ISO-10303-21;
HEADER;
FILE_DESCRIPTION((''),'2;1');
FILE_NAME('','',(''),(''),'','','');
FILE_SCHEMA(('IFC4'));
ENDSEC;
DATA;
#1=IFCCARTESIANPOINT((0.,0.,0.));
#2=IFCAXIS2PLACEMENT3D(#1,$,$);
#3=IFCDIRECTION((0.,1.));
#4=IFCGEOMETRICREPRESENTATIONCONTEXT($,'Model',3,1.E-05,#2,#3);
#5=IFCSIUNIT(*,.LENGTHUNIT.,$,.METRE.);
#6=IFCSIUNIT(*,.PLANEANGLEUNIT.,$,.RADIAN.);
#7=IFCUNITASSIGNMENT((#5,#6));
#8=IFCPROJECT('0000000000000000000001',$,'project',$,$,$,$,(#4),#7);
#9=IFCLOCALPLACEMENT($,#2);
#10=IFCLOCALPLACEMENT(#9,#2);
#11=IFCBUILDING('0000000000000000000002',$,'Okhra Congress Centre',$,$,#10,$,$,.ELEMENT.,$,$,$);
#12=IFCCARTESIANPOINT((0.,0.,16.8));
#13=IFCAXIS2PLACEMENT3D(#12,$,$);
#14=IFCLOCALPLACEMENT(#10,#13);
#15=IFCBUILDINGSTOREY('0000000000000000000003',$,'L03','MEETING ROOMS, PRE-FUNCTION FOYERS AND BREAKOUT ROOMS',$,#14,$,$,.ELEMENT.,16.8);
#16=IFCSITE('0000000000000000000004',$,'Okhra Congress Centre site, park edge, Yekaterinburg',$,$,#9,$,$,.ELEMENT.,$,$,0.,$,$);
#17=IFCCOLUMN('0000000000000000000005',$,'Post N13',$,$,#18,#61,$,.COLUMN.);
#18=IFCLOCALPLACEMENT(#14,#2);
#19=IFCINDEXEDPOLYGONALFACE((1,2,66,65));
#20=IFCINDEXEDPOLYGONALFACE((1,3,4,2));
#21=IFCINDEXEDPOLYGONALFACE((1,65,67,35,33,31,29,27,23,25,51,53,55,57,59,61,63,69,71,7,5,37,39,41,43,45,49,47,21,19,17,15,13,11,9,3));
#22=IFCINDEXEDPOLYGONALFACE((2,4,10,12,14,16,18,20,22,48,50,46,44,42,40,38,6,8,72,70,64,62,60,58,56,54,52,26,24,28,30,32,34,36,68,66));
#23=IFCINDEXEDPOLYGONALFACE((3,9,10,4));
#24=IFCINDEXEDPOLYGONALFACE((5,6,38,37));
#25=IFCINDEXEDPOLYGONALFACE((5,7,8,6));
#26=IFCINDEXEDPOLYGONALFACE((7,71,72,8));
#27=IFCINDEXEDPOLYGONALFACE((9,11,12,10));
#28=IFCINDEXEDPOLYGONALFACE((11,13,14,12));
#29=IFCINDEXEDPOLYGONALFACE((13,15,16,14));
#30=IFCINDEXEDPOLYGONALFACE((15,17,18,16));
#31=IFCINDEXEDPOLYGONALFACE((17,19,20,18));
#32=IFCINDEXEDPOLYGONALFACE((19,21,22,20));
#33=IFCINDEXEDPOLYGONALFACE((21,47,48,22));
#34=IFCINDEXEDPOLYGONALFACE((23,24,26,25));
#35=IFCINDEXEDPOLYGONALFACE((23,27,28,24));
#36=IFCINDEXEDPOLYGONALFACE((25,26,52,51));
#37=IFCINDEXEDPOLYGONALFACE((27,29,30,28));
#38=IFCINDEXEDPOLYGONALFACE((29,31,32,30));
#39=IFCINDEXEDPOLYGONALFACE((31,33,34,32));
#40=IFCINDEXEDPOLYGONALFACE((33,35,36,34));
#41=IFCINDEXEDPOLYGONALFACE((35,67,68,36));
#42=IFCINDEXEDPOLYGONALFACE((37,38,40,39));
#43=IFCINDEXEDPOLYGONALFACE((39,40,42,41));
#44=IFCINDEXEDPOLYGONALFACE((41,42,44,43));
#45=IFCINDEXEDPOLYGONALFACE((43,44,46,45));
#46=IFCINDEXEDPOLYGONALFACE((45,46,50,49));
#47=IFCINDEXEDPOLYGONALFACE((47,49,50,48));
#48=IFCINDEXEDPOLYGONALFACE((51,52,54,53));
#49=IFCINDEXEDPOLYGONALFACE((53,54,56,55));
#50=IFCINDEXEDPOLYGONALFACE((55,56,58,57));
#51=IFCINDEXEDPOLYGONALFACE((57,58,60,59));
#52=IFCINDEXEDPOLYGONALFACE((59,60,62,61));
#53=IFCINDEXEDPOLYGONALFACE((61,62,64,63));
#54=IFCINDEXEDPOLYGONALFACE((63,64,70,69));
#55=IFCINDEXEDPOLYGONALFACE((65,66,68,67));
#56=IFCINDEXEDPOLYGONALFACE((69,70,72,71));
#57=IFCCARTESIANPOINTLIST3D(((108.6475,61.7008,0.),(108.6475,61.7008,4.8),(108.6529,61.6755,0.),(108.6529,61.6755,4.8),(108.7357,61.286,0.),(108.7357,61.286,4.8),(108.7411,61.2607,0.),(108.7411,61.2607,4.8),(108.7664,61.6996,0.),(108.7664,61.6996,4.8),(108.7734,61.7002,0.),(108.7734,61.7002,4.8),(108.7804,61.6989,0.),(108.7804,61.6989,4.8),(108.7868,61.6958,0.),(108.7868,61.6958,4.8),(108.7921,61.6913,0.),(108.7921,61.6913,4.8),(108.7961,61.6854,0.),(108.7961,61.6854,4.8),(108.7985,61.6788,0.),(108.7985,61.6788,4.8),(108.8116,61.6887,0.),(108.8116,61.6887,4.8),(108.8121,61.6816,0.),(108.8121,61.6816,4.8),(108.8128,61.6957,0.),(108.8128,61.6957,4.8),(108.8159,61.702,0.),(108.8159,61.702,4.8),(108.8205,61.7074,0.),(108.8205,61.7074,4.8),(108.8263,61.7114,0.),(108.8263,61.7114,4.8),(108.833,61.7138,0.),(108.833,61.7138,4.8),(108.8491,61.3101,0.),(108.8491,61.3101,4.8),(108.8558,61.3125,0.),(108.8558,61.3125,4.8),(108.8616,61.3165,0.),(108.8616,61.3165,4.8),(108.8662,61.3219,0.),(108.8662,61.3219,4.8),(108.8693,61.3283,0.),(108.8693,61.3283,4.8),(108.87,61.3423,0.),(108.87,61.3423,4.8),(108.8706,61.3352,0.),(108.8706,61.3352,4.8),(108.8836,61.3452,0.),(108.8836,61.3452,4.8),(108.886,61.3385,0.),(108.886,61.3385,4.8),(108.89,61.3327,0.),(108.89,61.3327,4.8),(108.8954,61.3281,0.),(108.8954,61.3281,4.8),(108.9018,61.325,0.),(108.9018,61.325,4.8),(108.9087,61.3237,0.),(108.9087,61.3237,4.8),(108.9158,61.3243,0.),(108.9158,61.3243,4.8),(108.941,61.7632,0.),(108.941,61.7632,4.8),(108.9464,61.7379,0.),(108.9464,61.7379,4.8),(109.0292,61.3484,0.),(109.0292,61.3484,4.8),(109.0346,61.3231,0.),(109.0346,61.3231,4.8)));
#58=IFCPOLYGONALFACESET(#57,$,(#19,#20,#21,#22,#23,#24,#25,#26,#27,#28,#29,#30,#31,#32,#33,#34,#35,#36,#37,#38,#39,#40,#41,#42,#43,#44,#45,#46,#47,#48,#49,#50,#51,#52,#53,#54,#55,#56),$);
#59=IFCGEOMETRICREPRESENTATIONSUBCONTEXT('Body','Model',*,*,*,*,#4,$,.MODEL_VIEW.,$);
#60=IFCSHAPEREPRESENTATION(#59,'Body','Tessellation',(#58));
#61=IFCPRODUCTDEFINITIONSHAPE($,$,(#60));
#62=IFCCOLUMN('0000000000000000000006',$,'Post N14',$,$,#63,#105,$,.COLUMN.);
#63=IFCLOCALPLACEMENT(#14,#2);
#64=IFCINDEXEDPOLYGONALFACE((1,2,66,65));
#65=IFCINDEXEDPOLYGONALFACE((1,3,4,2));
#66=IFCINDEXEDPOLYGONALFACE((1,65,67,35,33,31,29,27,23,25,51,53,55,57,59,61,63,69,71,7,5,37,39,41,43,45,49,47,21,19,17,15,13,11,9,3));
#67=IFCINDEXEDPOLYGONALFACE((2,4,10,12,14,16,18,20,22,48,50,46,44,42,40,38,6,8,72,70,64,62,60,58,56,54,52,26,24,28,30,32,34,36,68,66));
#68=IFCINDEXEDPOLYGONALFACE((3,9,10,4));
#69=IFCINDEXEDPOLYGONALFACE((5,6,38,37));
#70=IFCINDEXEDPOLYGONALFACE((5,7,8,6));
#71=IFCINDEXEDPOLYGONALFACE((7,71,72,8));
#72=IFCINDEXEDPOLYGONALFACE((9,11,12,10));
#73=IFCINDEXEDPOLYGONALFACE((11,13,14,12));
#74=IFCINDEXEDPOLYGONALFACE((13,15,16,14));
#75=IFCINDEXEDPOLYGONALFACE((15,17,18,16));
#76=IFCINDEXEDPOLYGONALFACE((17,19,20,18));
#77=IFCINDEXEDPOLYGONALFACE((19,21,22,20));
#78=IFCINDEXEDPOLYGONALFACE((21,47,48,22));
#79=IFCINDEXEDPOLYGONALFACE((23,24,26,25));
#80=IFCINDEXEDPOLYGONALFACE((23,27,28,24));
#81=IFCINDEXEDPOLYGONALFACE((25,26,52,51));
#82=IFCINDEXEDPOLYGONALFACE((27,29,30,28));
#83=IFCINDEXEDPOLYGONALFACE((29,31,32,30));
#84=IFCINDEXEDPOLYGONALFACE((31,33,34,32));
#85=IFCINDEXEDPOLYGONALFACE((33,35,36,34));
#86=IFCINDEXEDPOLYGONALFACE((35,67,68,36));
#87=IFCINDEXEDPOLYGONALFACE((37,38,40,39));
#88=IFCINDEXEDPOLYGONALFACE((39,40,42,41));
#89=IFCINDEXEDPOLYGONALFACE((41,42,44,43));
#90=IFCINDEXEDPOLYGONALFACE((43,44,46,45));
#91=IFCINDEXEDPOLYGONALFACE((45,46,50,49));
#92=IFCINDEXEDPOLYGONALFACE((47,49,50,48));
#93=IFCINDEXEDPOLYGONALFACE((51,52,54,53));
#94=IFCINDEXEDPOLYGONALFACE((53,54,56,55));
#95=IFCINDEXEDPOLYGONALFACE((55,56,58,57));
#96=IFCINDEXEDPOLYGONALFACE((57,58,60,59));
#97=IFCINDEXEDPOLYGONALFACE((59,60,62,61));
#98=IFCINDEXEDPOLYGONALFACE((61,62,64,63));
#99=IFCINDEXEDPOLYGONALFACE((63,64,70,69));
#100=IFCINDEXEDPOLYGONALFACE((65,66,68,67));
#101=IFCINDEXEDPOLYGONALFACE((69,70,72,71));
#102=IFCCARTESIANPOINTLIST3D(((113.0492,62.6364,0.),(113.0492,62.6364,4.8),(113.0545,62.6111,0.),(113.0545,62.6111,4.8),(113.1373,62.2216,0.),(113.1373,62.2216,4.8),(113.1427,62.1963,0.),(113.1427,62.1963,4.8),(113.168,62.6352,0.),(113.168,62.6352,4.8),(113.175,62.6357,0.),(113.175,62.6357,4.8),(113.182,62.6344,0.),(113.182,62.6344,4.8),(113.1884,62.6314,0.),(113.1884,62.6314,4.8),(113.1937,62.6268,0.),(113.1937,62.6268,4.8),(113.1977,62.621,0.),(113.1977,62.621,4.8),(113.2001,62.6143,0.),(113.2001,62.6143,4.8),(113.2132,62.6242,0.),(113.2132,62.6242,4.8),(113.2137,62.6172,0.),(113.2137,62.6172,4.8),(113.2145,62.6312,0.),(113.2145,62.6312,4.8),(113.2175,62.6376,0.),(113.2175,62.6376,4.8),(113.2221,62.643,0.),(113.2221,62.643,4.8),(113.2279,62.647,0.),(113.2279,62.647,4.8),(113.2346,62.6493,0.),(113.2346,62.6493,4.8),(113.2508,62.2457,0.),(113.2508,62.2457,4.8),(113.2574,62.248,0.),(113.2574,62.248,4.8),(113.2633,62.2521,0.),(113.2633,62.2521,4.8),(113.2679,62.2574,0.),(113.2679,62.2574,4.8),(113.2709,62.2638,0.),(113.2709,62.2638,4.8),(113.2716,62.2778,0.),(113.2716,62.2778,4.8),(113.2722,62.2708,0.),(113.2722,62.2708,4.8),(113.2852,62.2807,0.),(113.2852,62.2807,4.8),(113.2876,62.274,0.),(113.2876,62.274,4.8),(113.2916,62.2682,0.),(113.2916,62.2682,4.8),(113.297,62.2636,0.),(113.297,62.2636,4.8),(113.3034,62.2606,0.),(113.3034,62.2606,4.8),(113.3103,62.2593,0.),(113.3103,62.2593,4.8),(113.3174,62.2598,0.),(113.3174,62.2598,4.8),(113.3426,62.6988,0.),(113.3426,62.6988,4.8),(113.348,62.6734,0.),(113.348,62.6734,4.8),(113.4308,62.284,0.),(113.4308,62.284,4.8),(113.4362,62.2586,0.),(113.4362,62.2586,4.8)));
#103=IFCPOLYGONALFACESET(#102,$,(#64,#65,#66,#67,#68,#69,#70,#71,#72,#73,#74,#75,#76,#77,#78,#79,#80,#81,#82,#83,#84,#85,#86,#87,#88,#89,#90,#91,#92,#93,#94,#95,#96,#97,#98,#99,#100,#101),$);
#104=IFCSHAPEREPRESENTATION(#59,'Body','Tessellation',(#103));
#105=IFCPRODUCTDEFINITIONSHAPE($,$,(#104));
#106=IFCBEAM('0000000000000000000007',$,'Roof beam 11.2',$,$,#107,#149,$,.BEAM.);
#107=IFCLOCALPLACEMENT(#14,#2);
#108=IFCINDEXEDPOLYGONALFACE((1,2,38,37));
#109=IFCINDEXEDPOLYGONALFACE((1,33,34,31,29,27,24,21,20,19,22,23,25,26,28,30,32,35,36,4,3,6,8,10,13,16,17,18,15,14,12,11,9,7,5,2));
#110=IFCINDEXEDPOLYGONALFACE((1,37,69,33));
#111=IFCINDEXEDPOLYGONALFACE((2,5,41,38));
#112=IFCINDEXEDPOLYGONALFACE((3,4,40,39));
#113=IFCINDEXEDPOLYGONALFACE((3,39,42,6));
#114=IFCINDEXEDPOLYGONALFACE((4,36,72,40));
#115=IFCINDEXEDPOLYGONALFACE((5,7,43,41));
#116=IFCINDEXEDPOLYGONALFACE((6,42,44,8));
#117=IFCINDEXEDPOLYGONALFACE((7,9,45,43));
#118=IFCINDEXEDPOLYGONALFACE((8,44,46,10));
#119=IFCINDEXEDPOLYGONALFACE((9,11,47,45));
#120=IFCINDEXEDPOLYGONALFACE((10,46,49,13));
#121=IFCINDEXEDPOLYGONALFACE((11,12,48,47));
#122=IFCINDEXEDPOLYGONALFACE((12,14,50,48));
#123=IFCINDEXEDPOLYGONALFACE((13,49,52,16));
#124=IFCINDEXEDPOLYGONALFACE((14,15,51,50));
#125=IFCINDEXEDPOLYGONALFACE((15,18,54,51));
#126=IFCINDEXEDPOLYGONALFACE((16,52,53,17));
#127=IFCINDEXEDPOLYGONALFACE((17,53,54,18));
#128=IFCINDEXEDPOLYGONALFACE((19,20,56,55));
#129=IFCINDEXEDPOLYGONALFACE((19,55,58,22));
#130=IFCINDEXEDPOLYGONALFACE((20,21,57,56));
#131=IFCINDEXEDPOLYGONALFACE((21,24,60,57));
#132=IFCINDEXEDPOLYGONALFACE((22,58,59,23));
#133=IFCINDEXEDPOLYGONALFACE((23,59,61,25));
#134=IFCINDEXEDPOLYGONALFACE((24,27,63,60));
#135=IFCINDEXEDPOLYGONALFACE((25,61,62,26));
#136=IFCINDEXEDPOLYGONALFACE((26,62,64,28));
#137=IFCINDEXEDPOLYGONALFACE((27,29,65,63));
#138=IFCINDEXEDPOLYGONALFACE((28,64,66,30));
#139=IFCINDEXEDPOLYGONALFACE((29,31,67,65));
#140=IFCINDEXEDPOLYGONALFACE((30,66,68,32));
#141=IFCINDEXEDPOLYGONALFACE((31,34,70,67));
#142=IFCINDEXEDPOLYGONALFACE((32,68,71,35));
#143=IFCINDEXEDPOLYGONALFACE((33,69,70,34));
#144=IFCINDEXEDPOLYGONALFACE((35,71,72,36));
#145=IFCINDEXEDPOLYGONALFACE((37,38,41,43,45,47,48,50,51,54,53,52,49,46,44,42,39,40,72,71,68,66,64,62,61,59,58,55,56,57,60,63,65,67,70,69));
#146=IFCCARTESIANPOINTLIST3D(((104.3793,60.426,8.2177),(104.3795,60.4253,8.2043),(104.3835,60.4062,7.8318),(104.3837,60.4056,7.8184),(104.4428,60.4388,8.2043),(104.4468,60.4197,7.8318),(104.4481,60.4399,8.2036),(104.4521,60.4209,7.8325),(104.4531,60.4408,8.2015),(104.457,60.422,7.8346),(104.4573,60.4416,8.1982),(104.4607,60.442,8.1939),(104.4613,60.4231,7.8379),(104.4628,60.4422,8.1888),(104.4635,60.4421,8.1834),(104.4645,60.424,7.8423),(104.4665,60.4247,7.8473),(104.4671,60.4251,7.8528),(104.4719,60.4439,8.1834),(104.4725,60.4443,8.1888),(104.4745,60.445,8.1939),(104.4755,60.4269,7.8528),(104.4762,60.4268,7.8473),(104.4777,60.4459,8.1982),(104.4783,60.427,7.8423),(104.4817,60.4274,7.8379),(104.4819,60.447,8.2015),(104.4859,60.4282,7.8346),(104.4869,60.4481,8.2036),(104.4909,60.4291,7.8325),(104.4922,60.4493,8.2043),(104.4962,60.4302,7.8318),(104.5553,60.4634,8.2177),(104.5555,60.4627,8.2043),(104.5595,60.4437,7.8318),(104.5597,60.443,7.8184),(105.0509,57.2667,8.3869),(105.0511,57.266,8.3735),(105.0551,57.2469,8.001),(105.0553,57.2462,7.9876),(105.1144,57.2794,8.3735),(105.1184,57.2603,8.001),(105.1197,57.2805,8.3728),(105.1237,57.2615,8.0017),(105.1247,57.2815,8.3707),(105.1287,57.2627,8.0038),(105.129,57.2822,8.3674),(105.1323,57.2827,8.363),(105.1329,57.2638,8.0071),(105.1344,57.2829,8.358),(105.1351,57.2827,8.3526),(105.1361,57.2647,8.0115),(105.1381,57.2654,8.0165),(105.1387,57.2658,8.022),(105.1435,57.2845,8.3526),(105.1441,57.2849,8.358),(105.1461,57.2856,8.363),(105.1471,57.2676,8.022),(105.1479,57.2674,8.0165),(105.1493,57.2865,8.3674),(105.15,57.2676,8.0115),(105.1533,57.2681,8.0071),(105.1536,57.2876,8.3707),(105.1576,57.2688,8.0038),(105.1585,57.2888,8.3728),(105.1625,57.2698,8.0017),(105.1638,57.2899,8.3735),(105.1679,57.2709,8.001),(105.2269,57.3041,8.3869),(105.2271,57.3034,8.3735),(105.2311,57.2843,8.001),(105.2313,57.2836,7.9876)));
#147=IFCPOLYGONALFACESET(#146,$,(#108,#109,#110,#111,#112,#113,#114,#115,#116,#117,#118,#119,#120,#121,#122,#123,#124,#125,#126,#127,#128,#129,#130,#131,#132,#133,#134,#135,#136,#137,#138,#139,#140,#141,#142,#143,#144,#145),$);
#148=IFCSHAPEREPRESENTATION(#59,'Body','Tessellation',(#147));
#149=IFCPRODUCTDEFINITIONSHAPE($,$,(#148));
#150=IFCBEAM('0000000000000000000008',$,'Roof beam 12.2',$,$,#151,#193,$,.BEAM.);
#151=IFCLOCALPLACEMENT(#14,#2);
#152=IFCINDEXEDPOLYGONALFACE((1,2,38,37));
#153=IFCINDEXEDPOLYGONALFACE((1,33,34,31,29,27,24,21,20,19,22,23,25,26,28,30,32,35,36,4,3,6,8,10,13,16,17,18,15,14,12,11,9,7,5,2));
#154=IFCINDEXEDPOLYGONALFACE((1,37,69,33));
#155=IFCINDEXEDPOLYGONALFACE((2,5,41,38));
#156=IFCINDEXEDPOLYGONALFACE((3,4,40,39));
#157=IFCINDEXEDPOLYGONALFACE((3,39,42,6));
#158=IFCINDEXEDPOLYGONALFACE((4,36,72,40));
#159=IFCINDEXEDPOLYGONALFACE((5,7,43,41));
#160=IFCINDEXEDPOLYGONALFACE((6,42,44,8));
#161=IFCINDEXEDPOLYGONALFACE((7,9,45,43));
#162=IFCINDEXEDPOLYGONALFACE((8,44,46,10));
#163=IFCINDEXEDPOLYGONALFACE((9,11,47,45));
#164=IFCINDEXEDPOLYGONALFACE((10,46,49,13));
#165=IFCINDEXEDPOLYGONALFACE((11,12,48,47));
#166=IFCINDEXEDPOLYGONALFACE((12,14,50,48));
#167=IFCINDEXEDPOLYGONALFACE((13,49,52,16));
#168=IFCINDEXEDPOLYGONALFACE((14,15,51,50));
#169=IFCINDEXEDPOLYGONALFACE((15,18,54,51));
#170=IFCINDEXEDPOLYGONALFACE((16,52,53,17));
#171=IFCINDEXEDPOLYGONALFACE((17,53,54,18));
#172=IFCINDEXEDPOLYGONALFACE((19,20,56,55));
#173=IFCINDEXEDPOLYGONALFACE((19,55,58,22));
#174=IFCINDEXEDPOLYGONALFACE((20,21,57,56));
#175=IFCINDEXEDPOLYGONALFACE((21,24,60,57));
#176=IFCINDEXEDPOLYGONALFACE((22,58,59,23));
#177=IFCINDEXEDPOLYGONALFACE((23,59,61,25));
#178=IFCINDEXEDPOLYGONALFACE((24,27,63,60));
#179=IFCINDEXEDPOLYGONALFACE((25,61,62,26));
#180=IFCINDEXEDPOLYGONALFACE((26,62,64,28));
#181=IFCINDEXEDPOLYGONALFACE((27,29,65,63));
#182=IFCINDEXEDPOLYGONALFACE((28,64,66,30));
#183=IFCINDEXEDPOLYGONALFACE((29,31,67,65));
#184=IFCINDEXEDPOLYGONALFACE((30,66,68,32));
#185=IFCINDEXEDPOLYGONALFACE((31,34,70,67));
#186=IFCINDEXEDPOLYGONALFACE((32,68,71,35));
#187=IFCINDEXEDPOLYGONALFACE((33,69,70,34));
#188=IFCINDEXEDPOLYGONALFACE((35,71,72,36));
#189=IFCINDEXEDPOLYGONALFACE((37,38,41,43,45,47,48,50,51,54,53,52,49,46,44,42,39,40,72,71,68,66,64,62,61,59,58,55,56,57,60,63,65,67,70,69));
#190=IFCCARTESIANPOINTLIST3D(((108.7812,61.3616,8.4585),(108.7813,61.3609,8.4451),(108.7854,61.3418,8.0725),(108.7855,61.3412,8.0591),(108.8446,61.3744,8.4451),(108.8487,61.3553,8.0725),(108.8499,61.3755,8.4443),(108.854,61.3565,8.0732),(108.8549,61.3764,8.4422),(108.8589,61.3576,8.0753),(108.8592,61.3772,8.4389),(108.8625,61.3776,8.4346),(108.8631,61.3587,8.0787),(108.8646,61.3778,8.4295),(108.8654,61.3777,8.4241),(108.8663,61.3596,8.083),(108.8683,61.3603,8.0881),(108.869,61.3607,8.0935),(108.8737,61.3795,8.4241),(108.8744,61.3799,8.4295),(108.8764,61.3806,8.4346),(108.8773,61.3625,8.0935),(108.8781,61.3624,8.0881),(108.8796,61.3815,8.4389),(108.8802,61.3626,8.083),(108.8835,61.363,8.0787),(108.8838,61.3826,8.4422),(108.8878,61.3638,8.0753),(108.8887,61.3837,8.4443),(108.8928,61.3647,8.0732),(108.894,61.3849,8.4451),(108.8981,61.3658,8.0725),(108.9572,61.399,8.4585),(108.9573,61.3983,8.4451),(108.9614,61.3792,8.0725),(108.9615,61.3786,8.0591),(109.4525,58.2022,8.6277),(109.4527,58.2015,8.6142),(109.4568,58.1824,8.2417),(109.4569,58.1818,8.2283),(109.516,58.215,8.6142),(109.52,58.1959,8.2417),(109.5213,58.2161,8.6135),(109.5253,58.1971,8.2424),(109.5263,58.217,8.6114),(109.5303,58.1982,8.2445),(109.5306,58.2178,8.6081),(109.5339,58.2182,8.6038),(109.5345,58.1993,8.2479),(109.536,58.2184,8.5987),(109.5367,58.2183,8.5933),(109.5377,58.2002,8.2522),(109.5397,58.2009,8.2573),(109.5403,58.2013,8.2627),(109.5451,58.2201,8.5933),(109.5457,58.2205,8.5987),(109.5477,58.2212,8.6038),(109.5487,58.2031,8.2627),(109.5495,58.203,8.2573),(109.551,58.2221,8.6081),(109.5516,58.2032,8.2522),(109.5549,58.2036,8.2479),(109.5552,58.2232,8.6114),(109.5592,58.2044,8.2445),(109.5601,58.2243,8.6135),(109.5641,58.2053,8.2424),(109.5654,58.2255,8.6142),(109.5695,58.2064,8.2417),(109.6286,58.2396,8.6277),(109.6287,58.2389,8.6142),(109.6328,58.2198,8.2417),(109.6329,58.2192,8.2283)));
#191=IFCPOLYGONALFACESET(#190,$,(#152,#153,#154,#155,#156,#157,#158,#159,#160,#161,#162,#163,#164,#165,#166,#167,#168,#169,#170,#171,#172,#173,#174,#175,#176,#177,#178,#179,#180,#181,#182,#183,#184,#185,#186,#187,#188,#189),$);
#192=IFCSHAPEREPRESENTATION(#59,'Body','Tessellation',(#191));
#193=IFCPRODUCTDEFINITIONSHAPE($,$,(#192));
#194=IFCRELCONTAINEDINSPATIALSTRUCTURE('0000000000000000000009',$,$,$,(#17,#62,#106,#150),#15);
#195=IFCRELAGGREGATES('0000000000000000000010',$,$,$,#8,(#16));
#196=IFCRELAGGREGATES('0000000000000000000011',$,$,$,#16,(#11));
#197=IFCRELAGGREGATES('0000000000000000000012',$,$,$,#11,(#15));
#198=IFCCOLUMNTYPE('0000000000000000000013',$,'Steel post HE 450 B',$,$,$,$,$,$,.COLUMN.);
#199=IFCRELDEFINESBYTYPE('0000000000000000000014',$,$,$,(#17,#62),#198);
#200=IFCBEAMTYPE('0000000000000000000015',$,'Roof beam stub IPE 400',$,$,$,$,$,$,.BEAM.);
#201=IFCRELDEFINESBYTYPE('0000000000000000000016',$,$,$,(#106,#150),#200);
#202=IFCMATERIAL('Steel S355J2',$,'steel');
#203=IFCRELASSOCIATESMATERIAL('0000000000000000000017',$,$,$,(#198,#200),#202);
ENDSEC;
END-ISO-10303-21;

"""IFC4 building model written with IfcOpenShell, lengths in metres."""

from ifc_helpers import new_model, si_unit, direction, frame, origin, origin_2d, place, context, subcontext, project, spatial, i_section, extrude, material, material_profile, profile_set, type_object, element, save


model = new_model("IFC4")

# Units and contexts
model_context = context("Model", 3, precision=1e-05, world=origin(), true_north=direction((0.0, 1.0)))
body_context = subcontext(model_context, "Body", "Model", "MODEL_VIEW")
ifc_project = project(units=[si_unit("LENGTHUNIT", "METRE"), si_unit("PLANEANGLEUNIT", "RADIAN")], contexts=[model_context])

# Site, building, storey
site_placement = place(None, origin())
site = spatial("IfcSite", under=ifc_project, at=site_placement, Name="Okhra Congress Centre site, park edge, Yekaterinburg", CompositionType="ELEMENT", RefElevation=0.0)
building_placement = place(site_placement, origin())
building = spatial("IfcBuilding", under=site, at=building_placement, Name="Okhra Congress Centre", CompositionType="ELEMENT")
storey_placement = place(building_placement, frame((0.0, 0.0, 16.8)))
storey = spatial("IfcBuildingStorey", under=building, at=storey_placement, Name="L03", Description="MEETING ROOMS, PRE-FUNCTION FOYERS AND BREAKOUT ROOMS", CompositionType="ELEMENT", Elevation=16.8)

# Columns
ifc_material_1 = material(Name="Steel S355J2", Category="steel")
ifc_material_profile_1 = material_profile(ifc_material_1, i_section(OverallWidth=0.3, OverallDepth=0.45, WebThickness=0.0139, FlangeThickness=0.0259, FilletRadius=0.0271, at=origin_2d()), Name="HE 450 B")
ifc_profile_set_1 = profile_set([ifc_material_profile_1], Name="Steel S355J2")
column_type = type_object("IfcColumnType", Name="Steel post HE 450 B", PredefinedType="COLUMN", material=ifc_profile_set_1)
for number, where, z_axis, x_axis, name in (
    (1, (108.8411, 61.512, 0.0), (0.0, 0.0, 1.0), (0.978148, 0.207912, 0.0), "Post N13"),
    (2, (113.2427, 62.4475, 0.0), (0.0, 0.0, 1.0), (0.978148, 0.207912, 0.0), "Post N14"),
):
    element("IfcColumn", number, at=place(storey_placement, frame(where, z_axis=z_axis, x_axis=x_axis)), inside=storey, type_object=column_type, Name=name, PredefinedType="COLUMN", context=body_context, shape_type="SweptSolid", body=[
        extrude(i_section(OverallWidth=0.3, OverallDepth=0.45, WebThickness=0.0139, FlangeThickness=0.0259, FilletRadius=0.0271, at=origin_2d()), origin(), (0.0, 0.0, 1.0), 4.8),
    ])

# Beams
ifc_material_profile_2 = material_profile(ifc_material_1, i_section(OverallWidth=0.1799, OverallDepth=0.3999, WebThickness=0.0085, FlangeThickness=0.0134, FilletRadius=0.021, at=origin_2d()), Name="IPE 400")
ifc_profile_set_2 = profile_set([ifc_material_profile_2], Name="Steel S355J2")
beam_type = type_object("IfcBeamType", Name="Roof beam stub IPE 400", PredefinedType="BEAM", material=ifc_profile_set_2)
for number, where, z_axis, x_axis, name in (
    (3, (105.1411, 57.2751, 8.1873), (-0.207649, 0.976804, -0.052309), (-0.978143, -0.207934, 0.0), "Roof beam 11.2"),
    (4, (109.5427, 58.2107, 8.428), (-0.207577, 0.976819, -0.052309), (-0.978158, -0.207861, 0.0), "Roof beam 12.2"),
):
    element("IfcBeam", number, at=place(storey_placement, frame(where, z_axis=z_axis, x_axis=x_axis)), inside=storey, type_object=beam_type, Name=name, PredefinedType="BEAM", context=body_context, shape_type="SweptSolid", body=[
        extrude(i_section(OverallWidth=0.1799, OverallDepth=0.3999, WebThickness=0.0085, FlangeThickness=0.0134, FilletRadius=0.021, at=origin_2d()), origin(), (0.0, 0.0, 1.0), 3.2344),
    ])

save(model, "model.ifc")
